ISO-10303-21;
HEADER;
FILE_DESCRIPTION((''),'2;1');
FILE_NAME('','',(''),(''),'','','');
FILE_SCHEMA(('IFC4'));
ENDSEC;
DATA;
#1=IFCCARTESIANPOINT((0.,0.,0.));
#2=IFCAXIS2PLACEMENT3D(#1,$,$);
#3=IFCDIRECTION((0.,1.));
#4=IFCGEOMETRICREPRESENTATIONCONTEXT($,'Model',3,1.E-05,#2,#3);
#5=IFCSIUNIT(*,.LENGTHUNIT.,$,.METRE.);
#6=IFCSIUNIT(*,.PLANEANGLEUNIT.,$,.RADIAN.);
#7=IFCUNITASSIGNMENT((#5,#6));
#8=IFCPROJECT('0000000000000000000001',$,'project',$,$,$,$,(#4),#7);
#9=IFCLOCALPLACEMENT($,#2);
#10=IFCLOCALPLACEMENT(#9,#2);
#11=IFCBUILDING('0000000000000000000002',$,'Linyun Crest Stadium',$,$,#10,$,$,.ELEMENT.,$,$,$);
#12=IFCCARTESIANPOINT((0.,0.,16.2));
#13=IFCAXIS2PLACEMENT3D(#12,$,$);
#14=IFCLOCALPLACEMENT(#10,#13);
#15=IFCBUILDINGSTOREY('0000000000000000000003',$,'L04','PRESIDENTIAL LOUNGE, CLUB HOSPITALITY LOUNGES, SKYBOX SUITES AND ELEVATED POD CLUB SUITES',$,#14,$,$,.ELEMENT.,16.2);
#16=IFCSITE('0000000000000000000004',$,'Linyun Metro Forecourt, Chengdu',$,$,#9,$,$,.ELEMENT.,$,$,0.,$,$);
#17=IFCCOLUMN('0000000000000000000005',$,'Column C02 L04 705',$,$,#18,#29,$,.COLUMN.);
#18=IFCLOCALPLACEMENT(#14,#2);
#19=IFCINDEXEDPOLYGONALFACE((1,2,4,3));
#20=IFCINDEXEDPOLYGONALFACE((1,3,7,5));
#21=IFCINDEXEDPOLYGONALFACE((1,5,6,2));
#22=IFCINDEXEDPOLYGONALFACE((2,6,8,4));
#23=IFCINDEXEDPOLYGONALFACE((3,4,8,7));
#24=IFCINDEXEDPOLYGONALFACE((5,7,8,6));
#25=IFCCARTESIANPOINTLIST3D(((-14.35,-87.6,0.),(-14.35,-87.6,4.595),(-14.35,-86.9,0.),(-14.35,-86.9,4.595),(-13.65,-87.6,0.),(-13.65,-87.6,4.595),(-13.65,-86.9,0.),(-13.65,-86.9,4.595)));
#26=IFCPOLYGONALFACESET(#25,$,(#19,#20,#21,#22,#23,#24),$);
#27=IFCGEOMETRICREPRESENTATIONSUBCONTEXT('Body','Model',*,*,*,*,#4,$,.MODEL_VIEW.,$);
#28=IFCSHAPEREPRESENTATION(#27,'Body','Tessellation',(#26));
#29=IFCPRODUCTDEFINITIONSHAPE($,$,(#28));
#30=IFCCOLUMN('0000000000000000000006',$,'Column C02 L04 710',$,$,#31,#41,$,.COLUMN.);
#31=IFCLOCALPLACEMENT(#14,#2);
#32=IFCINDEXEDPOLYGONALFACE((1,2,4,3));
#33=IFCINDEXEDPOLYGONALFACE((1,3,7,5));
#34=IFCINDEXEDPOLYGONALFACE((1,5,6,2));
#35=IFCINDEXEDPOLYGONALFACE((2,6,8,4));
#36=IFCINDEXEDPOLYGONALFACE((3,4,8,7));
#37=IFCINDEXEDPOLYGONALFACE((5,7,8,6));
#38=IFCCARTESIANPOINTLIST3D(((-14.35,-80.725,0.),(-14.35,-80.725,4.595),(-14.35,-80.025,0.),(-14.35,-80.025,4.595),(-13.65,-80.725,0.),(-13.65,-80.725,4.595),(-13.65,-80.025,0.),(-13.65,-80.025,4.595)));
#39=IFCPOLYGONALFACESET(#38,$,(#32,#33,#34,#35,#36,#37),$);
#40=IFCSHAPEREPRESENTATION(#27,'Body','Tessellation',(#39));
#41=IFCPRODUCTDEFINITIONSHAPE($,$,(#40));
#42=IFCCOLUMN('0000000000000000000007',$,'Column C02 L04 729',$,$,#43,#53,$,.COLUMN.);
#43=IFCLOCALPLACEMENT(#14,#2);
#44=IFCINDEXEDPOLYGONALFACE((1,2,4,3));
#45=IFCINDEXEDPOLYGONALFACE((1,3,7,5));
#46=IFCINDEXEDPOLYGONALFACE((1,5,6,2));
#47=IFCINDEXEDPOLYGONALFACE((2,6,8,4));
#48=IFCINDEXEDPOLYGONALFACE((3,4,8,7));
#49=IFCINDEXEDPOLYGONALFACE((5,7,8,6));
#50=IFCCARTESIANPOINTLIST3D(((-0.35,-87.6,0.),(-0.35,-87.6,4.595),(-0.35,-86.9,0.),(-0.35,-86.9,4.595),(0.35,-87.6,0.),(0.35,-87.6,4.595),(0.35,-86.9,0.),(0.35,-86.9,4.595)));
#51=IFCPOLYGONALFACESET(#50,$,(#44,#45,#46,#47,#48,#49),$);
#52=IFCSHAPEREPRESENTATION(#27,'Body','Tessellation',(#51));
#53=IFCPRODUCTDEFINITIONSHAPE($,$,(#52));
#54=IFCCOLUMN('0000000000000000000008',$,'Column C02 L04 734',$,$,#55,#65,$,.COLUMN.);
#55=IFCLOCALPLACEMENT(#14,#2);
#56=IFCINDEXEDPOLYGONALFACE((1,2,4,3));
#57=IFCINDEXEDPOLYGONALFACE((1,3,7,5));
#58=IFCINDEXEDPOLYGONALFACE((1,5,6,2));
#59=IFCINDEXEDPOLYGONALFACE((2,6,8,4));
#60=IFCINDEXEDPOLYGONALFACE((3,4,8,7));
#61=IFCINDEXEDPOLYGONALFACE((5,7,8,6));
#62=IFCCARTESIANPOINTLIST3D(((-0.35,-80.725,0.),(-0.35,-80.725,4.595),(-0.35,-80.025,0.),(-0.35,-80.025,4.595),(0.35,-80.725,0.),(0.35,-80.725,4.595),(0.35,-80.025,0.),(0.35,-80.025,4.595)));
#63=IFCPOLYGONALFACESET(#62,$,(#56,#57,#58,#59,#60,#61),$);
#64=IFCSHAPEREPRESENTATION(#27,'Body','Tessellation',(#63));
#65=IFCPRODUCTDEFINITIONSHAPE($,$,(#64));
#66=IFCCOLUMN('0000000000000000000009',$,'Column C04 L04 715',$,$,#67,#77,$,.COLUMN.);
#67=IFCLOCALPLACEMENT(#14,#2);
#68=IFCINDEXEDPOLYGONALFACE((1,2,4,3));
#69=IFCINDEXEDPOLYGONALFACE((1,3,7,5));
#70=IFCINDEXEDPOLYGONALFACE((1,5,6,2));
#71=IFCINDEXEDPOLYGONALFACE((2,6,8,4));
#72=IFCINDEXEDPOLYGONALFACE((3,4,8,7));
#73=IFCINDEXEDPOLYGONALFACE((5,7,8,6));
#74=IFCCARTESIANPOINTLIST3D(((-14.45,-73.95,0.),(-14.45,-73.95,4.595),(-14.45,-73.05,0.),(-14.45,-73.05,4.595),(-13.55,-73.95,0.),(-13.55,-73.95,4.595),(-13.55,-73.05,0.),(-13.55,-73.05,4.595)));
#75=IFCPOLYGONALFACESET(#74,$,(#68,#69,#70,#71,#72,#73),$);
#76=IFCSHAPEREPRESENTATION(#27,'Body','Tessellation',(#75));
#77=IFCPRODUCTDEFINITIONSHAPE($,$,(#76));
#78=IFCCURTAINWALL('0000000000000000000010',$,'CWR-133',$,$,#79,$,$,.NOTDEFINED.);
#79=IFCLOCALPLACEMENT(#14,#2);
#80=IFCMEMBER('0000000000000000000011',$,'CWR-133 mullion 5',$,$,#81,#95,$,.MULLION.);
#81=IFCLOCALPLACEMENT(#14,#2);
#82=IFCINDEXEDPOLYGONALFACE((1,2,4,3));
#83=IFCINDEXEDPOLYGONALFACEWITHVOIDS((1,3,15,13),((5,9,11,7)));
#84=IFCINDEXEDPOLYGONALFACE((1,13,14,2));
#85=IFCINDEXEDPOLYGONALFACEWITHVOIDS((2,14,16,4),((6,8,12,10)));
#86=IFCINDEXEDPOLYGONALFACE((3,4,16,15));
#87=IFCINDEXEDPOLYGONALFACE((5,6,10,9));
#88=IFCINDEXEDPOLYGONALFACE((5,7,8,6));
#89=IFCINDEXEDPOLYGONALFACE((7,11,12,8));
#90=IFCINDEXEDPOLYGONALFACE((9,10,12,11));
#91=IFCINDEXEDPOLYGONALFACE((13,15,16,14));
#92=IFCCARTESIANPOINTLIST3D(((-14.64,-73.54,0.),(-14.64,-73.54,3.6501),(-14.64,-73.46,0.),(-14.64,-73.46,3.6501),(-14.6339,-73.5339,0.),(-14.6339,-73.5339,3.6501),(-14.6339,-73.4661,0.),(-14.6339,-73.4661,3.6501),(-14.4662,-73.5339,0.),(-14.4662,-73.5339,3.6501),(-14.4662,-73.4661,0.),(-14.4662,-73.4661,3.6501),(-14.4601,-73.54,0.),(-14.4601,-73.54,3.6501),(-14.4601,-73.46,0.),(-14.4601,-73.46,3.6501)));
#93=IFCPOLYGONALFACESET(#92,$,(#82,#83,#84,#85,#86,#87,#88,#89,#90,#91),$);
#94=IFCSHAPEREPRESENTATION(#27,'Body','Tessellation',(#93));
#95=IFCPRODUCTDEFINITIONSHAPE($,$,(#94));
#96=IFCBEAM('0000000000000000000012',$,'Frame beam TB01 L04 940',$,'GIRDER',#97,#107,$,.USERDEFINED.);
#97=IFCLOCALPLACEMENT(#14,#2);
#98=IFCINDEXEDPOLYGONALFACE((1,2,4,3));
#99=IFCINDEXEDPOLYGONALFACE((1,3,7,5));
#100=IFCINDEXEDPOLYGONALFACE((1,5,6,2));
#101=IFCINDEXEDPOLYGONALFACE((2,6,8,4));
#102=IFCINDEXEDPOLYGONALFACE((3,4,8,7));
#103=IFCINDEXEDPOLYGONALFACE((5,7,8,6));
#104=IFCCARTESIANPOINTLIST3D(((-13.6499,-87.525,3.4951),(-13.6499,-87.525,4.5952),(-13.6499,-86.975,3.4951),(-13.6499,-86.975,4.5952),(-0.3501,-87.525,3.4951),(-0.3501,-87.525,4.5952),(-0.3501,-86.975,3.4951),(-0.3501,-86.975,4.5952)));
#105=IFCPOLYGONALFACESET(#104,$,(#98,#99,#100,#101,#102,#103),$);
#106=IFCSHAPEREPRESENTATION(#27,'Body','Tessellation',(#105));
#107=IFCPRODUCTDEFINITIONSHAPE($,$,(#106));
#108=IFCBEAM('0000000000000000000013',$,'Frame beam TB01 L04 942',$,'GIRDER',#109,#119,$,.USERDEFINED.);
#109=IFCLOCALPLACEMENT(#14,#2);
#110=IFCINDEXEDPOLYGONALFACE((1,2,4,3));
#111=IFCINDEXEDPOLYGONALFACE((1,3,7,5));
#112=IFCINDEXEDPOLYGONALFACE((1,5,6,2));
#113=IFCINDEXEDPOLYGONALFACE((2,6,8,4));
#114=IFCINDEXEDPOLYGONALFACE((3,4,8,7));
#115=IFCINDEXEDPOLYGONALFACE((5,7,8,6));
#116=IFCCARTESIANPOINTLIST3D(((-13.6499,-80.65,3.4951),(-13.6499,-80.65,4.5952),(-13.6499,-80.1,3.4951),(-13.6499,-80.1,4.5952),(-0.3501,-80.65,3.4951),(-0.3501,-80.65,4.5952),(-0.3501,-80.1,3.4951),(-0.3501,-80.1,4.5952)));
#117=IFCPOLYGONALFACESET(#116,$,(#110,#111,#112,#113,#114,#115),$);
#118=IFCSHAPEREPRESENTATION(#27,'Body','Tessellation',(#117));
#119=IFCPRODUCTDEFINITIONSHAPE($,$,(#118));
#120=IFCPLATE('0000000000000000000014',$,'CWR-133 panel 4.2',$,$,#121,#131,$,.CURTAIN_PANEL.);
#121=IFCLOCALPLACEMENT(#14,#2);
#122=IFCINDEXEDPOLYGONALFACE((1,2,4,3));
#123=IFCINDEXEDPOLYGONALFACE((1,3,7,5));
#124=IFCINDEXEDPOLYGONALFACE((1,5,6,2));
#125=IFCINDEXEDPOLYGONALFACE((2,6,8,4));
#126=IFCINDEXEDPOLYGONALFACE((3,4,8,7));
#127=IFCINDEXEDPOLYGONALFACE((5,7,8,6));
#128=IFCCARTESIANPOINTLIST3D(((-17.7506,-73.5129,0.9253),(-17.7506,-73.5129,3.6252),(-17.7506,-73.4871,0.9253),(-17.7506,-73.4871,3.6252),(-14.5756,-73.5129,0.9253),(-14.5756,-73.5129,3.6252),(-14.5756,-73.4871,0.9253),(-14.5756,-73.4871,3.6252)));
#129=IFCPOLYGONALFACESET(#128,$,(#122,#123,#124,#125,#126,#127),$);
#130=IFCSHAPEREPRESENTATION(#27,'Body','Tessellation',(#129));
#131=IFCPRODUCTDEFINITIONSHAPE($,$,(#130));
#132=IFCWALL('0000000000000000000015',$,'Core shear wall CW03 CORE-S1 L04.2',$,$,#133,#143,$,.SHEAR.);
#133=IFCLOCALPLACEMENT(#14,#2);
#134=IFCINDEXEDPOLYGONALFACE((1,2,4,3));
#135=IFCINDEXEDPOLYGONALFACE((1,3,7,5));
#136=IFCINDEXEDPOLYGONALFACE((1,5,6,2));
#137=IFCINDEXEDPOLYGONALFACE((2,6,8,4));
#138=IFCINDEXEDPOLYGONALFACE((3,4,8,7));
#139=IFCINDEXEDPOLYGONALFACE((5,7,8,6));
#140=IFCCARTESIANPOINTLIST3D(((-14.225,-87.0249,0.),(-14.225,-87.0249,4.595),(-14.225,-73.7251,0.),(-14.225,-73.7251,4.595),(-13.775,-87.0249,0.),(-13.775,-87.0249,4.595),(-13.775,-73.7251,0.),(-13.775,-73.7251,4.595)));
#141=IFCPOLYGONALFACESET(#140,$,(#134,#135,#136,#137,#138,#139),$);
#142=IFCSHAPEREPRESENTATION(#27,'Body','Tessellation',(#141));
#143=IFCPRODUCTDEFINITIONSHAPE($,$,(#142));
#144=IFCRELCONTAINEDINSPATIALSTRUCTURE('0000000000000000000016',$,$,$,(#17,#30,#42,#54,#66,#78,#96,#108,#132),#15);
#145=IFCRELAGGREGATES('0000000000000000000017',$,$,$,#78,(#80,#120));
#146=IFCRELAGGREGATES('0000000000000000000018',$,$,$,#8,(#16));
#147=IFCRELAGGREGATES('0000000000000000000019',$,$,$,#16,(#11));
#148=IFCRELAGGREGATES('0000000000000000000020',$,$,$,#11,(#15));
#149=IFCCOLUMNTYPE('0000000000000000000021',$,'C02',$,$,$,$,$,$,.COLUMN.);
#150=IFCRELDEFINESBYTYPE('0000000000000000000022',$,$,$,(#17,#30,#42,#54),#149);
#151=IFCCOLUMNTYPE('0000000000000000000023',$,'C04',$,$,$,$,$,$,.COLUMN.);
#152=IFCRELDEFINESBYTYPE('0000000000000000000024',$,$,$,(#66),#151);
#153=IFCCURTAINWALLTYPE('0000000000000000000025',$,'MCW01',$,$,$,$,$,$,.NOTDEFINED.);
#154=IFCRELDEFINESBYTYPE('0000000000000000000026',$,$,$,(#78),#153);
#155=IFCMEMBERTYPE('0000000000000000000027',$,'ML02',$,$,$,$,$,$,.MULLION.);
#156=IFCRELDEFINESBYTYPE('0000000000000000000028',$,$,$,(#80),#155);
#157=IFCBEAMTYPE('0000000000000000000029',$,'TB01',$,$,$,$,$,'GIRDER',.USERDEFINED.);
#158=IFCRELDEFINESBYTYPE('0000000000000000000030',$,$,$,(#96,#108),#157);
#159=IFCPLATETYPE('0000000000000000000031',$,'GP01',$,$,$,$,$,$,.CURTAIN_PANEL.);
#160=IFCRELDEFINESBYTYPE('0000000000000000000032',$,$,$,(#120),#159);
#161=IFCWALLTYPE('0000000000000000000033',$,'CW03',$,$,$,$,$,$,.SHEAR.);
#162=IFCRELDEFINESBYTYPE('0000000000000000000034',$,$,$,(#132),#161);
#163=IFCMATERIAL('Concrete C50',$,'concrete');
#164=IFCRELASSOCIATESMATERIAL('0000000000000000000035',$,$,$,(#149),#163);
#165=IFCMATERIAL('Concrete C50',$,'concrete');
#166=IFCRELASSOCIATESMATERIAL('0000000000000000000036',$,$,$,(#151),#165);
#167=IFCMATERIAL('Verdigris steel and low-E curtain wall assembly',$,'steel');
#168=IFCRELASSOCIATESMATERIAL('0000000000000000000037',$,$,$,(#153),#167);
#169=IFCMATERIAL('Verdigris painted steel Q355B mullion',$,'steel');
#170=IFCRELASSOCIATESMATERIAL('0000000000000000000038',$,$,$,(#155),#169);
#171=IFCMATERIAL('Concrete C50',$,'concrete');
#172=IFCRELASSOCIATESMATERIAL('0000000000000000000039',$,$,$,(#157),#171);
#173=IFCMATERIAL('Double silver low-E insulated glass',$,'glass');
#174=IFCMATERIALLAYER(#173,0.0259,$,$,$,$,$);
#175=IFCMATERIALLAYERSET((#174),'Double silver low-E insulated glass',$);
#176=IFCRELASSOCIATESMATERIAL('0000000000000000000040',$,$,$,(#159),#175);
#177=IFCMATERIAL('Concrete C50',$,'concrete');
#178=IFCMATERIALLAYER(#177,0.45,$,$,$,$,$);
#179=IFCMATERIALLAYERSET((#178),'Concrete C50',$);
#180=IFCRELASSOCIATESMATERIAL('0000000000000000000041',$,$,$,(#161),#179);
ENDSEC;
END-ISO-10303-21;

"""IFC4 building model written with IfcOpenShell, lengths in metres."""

from ifc_helpers import new_model, si_unit, direction, frame, frame_2d, origin, origin_2d, place, context, subcontext, project, spatial, rectangle, hollow_rectangle, extrude, material, layer, layer_set, material_profile, profile_set, type_object, element, aggregate, save


model = new_model("IFC4")

# Units and contexts
model_context = context("Model", 3, precision=1e-05, world=origin(), true_north=direction((0.0, 1.0)))
body_context = subcontext(model_context, "Body", "Model", "MODEL_VIEW")
ifc_project = project(units=[si_unit("LENGTHUNIT", "METRE"), si_unit("PLANEANGLEUNIT", "RADIAN")], contexts=[model_context])

# Site, building, storey
site_placement = place(None, origin())
site = spatial("IfcSite", under=ifc_project, at=site_placement, Name="Linyun Metro Forecourt, Chengdu", CompositionType="ELEMENT", RefElevation=0.0)
building_placement = place(site_placement, origin())
building = spatial("IfcBuilding", under=site, at=building_placement, Name="Linyun Crest Stadium", CompositionType="ELEMENT")
storey_placement = place(building_placement, frame((0.0, 0.0, 16.2)))
storey = spatial("IfcBuildingStorey", under=building, at=storey_placement, Name="L04", Description="PRESIDENTIAL LOUNGE, CLUB HOSPITALITY LOUNGES, SKYBOX SUITES AND ELEVATED POD CLUB SUITES", CompositionType="ELEMENT", Elevation=16.2)

# Columns
ifc_material_1 = material(Name="Concrete C50", Category="concrete")
ifc_material_profile_1 = material_profile(ifc_material_1, rectangle(XDim=0.7, YDim=0.7, at=origin_2d()), Name="RC 700x700")
ifc_profile_set_1 = profile_set([ifc_material_profile_1], Name="Concrete C50")
column_type_1 = type_object("IfcColumnType", Name="C02", PredefinedType="COLUMN", material=ifc_profile_set_1)
for number, where, z_axis, x_axis, name in (
    (1, (-14.0, -87.25, 0.0), (0.0, 0.0, 1.0), (1.0, 0.0, 0.0), "Column C02 L04 705"),
    (2, (-14.0, -80.375, 0.0), (0.0, 0.0, 1.0), (1.0, 0.0, 0.0), "Column C02 L04 710"),
    (3, (0.0, -87.25, 0.0), (0.0, 0.0, 1.0), (1.0, 0.0, 0.0), "Column C02 L04 729"),
    (4, (0.0, -80.375, 0.0), (0.0, 0.0, 1.0), (1.0, 0.0, 0.0), "Column C02 L04 734"),
):
    element("IfcColumn", number, at=place(storey_placement, frame(where, z_axis=z_axis, x_axis=x_axis)), inside=storey, type_object=column_type_1, Name=name, PredefinedType="COLUMN", context=body_context, shape_type="SweptSolid", body=[
        extrude(rectangle(XDim=0.7, YDim=0.7, at=origin_2d()), origin(), (0.0, 0.0, 1.0), 4.595),
    ])
ifc_material_2 = material(Name="Concrete C50", Category="concrete")
ifc_material_profile_2 = material_profile(ifc_material_2, rectangle(XDim=0.8999, YDim=0.8999, at=origin_2d()), Name="RC 900x900")
ifc_profile_set_2 = profile_set([ifc_material_profile_2], Name="Concrete C50")
column_type_2 = type_object("IfcColumnType", Name="C04", PredefinedType="COLUMN", material=ifc_profile_set_2)
column_placement = place(storey_placement, frame((-14.0, -73.5, 0.0), z_axis=(0.0, 0.0, 1.0), x_axis=(1.0, 0.0, 0.0)))
element("IfcColumn", 5, at=column_placement, inside=storey, type_object=column_type_2, Name="Column C04 L04 715", PredefinedType="COLUMN", context=body_context, shape_type="SweptSolid", body=[
    extrude(rectangle(XDim=0.8999, YDim=0.8999, at=origin_2d()), origin(), (0.0, 0.0, 1.0), 4.595),
])

# Curtain wall, member
ifc_material_3 = material(Name="Verdigris steel and low-E curtain wall assembly", Category="steel")
curtain_wall_type = type_object("IfcCurtainWallType", Name="MCW01", PredefinedType="NOTDEFINED", material=ifc_material_3)
curtain_wall_placement = place(storey_placement, origin())
curtain_wall = element("IfcCurtainWall", 6, at=curtain_wall_placement, inside=storey, type_object=curtain_wall_type, Name="CWR-133", PredefinedType="NOTDEFINED")
ifc_material_4 = material(Name="Verdigris painted steel Q355B mullion", Category="steel")
ifc_material_profile_3 = material_profile(ifc_material_4, hollow_rectangle(XDim=0.0801, YDim=0.1799, WallThickness=0.0061, at=origin_2d()), Name="RHS 180x80x6")
ifc_profile_set_3 = profile_set([ifc_material_profile_3], Name="Verdigris painted steel Q355B mullion")
member_type = type_object("IfcMemberType", Name="ML02", PredefinedType="MULLION", material=ifc_profile_set_3)
member_placement = place(storey_placement, frame((-14.55, -73.5, 0.0), z_axis=(0.0, 0.0, 1.0), x_axis=(0.0, 1.0, 0.0)))
member = element("IfcMember", 7, at=member_placement, type_object=member_type, Name="CWR-133 mullion 5", PredefinedType="MULLION", context=body_context, shape_type="SweptSolid", body=[
    extrude(hollow_rectangle(XDim=0.0801, YDim=0.1799, WallThickness=0.0061, at=origin_2d()), origin(), (0.0, 0.0, 1.0), 3.6501),
])

# Beams
ifc_material_5 = material(Name="Concrete C50", Category="concrete")
ifc_material_profile_4 = material_profile(ifc_material_5, rectangle(XDim=0.55, YDim=1.1001, at=origin_2d()), Name="RCB 1100x550")
ifc_profile_set_4 = profile_set([ifc_material_profile_4], Name="Concrete C50")
beam_type = type_object("IfcBeamType", Name="TB01", ElementType="GIRDER", PredefinedType="USERDEFINED", material=ifc_profile_set_4)
for number, where, z_axis, x_axis, name in (
    (8, (-13.6499, -87.25, 4.0452), (1.0, 0.0, 0.0), (0.0, 1.0, 0.0), "Frame beam TB01 L04 940"),
    (9, (-13.6499, -80.375, 4.0452), (1.0, 0.0, 0.0), (0.0, 1.0, 0.0), "Frame beam TB01 L04 942"),
):
    element("IfcBeam", number, at=place(storey_placement, frame(where, z_axis=z_axis, x_axis=x_axis)), inside=storey, type_object=beam_type, Name=name, ObjectType="GIRDER", PredefinedType="USERDEFINED", context=body_context, shape_type="SweptSolid", body=[
        extrude(rectangle(XDim=0.55, YDim=1.1001, at=origin_2d()), origin(), (0.0, 0.0, 1.0), 13.2998),
    ])

# Plate
ifc_material_6 = material(Name="Double silver low-E insulated glass", Category="glass")
ifc_layer_1 = layer(ifc_material_6, 0.0259)
ifc_layer_set_1 = layer_set([ifc_layer_1], Name="Double silver low-E insulated glass")
plate_type = type_object("IfcPlateType", Name="GP01", PredefinedType="CURTAIN_PANEL", material=ifc_layer_set_1)
plate_placement = place(storey_placement, frame((-16.1631, -73.5, 0.9253), z_axis=(0.0, 0.0, 1.0), x_axis=(1.0, 0.0, 0.0)))
plate = element("IfcPlate", 10, at=plate_placement, type_object=plate_type, Name="CWR-133 panel 4.2", PredefinedType="CURTAIN_PANEL", context=body_context, shape_type="SweptSolid", body=[
    extrude(rectangle(XDim=3.175, YDim=0.0259, at=origin_2d()), origin(), (0.0, 0.0, 1.0), 2.7),
])
aggregate(curtain_wall, [member, plate])

# Wall
ifc_material_7 = material(Name="Concrete C50", Category="concrete")
ifc_layer_2 = layer(ifc_material_7, 0.45)
ifc_layer_set_2 = layer_set([ifc_layer_2], Name="Concrete C50")
wall_type_1 = type_object("IfcWallType", Name="CW03", PredefinedType="SHEAR", material=ifc_layer_set_2)
wall_1_placement = place(storey_placement, frame((-14.0, -87.0249, 0.0), z_axis=(0.0, 0.0, 1.0), x_axis=(0.0, 1.0, 0.0)))
element("IfcWall", 11, at=wall_1_placement, inside=storey, type_object=wall_type_1, Name="Core shear wall CW03 CORE-S1 L04.2", PredefinedType="SHEAR", context=body_context, shape_type="SweptSolid", body=[
    extrude(rectangle(XDim=13.2998, YDim=0.45, at=frame_2d((6.6499, 0.0))), origin(), (0.0, 0.0, 1.0), 4.595),
])

save(model, "model.ifc")
